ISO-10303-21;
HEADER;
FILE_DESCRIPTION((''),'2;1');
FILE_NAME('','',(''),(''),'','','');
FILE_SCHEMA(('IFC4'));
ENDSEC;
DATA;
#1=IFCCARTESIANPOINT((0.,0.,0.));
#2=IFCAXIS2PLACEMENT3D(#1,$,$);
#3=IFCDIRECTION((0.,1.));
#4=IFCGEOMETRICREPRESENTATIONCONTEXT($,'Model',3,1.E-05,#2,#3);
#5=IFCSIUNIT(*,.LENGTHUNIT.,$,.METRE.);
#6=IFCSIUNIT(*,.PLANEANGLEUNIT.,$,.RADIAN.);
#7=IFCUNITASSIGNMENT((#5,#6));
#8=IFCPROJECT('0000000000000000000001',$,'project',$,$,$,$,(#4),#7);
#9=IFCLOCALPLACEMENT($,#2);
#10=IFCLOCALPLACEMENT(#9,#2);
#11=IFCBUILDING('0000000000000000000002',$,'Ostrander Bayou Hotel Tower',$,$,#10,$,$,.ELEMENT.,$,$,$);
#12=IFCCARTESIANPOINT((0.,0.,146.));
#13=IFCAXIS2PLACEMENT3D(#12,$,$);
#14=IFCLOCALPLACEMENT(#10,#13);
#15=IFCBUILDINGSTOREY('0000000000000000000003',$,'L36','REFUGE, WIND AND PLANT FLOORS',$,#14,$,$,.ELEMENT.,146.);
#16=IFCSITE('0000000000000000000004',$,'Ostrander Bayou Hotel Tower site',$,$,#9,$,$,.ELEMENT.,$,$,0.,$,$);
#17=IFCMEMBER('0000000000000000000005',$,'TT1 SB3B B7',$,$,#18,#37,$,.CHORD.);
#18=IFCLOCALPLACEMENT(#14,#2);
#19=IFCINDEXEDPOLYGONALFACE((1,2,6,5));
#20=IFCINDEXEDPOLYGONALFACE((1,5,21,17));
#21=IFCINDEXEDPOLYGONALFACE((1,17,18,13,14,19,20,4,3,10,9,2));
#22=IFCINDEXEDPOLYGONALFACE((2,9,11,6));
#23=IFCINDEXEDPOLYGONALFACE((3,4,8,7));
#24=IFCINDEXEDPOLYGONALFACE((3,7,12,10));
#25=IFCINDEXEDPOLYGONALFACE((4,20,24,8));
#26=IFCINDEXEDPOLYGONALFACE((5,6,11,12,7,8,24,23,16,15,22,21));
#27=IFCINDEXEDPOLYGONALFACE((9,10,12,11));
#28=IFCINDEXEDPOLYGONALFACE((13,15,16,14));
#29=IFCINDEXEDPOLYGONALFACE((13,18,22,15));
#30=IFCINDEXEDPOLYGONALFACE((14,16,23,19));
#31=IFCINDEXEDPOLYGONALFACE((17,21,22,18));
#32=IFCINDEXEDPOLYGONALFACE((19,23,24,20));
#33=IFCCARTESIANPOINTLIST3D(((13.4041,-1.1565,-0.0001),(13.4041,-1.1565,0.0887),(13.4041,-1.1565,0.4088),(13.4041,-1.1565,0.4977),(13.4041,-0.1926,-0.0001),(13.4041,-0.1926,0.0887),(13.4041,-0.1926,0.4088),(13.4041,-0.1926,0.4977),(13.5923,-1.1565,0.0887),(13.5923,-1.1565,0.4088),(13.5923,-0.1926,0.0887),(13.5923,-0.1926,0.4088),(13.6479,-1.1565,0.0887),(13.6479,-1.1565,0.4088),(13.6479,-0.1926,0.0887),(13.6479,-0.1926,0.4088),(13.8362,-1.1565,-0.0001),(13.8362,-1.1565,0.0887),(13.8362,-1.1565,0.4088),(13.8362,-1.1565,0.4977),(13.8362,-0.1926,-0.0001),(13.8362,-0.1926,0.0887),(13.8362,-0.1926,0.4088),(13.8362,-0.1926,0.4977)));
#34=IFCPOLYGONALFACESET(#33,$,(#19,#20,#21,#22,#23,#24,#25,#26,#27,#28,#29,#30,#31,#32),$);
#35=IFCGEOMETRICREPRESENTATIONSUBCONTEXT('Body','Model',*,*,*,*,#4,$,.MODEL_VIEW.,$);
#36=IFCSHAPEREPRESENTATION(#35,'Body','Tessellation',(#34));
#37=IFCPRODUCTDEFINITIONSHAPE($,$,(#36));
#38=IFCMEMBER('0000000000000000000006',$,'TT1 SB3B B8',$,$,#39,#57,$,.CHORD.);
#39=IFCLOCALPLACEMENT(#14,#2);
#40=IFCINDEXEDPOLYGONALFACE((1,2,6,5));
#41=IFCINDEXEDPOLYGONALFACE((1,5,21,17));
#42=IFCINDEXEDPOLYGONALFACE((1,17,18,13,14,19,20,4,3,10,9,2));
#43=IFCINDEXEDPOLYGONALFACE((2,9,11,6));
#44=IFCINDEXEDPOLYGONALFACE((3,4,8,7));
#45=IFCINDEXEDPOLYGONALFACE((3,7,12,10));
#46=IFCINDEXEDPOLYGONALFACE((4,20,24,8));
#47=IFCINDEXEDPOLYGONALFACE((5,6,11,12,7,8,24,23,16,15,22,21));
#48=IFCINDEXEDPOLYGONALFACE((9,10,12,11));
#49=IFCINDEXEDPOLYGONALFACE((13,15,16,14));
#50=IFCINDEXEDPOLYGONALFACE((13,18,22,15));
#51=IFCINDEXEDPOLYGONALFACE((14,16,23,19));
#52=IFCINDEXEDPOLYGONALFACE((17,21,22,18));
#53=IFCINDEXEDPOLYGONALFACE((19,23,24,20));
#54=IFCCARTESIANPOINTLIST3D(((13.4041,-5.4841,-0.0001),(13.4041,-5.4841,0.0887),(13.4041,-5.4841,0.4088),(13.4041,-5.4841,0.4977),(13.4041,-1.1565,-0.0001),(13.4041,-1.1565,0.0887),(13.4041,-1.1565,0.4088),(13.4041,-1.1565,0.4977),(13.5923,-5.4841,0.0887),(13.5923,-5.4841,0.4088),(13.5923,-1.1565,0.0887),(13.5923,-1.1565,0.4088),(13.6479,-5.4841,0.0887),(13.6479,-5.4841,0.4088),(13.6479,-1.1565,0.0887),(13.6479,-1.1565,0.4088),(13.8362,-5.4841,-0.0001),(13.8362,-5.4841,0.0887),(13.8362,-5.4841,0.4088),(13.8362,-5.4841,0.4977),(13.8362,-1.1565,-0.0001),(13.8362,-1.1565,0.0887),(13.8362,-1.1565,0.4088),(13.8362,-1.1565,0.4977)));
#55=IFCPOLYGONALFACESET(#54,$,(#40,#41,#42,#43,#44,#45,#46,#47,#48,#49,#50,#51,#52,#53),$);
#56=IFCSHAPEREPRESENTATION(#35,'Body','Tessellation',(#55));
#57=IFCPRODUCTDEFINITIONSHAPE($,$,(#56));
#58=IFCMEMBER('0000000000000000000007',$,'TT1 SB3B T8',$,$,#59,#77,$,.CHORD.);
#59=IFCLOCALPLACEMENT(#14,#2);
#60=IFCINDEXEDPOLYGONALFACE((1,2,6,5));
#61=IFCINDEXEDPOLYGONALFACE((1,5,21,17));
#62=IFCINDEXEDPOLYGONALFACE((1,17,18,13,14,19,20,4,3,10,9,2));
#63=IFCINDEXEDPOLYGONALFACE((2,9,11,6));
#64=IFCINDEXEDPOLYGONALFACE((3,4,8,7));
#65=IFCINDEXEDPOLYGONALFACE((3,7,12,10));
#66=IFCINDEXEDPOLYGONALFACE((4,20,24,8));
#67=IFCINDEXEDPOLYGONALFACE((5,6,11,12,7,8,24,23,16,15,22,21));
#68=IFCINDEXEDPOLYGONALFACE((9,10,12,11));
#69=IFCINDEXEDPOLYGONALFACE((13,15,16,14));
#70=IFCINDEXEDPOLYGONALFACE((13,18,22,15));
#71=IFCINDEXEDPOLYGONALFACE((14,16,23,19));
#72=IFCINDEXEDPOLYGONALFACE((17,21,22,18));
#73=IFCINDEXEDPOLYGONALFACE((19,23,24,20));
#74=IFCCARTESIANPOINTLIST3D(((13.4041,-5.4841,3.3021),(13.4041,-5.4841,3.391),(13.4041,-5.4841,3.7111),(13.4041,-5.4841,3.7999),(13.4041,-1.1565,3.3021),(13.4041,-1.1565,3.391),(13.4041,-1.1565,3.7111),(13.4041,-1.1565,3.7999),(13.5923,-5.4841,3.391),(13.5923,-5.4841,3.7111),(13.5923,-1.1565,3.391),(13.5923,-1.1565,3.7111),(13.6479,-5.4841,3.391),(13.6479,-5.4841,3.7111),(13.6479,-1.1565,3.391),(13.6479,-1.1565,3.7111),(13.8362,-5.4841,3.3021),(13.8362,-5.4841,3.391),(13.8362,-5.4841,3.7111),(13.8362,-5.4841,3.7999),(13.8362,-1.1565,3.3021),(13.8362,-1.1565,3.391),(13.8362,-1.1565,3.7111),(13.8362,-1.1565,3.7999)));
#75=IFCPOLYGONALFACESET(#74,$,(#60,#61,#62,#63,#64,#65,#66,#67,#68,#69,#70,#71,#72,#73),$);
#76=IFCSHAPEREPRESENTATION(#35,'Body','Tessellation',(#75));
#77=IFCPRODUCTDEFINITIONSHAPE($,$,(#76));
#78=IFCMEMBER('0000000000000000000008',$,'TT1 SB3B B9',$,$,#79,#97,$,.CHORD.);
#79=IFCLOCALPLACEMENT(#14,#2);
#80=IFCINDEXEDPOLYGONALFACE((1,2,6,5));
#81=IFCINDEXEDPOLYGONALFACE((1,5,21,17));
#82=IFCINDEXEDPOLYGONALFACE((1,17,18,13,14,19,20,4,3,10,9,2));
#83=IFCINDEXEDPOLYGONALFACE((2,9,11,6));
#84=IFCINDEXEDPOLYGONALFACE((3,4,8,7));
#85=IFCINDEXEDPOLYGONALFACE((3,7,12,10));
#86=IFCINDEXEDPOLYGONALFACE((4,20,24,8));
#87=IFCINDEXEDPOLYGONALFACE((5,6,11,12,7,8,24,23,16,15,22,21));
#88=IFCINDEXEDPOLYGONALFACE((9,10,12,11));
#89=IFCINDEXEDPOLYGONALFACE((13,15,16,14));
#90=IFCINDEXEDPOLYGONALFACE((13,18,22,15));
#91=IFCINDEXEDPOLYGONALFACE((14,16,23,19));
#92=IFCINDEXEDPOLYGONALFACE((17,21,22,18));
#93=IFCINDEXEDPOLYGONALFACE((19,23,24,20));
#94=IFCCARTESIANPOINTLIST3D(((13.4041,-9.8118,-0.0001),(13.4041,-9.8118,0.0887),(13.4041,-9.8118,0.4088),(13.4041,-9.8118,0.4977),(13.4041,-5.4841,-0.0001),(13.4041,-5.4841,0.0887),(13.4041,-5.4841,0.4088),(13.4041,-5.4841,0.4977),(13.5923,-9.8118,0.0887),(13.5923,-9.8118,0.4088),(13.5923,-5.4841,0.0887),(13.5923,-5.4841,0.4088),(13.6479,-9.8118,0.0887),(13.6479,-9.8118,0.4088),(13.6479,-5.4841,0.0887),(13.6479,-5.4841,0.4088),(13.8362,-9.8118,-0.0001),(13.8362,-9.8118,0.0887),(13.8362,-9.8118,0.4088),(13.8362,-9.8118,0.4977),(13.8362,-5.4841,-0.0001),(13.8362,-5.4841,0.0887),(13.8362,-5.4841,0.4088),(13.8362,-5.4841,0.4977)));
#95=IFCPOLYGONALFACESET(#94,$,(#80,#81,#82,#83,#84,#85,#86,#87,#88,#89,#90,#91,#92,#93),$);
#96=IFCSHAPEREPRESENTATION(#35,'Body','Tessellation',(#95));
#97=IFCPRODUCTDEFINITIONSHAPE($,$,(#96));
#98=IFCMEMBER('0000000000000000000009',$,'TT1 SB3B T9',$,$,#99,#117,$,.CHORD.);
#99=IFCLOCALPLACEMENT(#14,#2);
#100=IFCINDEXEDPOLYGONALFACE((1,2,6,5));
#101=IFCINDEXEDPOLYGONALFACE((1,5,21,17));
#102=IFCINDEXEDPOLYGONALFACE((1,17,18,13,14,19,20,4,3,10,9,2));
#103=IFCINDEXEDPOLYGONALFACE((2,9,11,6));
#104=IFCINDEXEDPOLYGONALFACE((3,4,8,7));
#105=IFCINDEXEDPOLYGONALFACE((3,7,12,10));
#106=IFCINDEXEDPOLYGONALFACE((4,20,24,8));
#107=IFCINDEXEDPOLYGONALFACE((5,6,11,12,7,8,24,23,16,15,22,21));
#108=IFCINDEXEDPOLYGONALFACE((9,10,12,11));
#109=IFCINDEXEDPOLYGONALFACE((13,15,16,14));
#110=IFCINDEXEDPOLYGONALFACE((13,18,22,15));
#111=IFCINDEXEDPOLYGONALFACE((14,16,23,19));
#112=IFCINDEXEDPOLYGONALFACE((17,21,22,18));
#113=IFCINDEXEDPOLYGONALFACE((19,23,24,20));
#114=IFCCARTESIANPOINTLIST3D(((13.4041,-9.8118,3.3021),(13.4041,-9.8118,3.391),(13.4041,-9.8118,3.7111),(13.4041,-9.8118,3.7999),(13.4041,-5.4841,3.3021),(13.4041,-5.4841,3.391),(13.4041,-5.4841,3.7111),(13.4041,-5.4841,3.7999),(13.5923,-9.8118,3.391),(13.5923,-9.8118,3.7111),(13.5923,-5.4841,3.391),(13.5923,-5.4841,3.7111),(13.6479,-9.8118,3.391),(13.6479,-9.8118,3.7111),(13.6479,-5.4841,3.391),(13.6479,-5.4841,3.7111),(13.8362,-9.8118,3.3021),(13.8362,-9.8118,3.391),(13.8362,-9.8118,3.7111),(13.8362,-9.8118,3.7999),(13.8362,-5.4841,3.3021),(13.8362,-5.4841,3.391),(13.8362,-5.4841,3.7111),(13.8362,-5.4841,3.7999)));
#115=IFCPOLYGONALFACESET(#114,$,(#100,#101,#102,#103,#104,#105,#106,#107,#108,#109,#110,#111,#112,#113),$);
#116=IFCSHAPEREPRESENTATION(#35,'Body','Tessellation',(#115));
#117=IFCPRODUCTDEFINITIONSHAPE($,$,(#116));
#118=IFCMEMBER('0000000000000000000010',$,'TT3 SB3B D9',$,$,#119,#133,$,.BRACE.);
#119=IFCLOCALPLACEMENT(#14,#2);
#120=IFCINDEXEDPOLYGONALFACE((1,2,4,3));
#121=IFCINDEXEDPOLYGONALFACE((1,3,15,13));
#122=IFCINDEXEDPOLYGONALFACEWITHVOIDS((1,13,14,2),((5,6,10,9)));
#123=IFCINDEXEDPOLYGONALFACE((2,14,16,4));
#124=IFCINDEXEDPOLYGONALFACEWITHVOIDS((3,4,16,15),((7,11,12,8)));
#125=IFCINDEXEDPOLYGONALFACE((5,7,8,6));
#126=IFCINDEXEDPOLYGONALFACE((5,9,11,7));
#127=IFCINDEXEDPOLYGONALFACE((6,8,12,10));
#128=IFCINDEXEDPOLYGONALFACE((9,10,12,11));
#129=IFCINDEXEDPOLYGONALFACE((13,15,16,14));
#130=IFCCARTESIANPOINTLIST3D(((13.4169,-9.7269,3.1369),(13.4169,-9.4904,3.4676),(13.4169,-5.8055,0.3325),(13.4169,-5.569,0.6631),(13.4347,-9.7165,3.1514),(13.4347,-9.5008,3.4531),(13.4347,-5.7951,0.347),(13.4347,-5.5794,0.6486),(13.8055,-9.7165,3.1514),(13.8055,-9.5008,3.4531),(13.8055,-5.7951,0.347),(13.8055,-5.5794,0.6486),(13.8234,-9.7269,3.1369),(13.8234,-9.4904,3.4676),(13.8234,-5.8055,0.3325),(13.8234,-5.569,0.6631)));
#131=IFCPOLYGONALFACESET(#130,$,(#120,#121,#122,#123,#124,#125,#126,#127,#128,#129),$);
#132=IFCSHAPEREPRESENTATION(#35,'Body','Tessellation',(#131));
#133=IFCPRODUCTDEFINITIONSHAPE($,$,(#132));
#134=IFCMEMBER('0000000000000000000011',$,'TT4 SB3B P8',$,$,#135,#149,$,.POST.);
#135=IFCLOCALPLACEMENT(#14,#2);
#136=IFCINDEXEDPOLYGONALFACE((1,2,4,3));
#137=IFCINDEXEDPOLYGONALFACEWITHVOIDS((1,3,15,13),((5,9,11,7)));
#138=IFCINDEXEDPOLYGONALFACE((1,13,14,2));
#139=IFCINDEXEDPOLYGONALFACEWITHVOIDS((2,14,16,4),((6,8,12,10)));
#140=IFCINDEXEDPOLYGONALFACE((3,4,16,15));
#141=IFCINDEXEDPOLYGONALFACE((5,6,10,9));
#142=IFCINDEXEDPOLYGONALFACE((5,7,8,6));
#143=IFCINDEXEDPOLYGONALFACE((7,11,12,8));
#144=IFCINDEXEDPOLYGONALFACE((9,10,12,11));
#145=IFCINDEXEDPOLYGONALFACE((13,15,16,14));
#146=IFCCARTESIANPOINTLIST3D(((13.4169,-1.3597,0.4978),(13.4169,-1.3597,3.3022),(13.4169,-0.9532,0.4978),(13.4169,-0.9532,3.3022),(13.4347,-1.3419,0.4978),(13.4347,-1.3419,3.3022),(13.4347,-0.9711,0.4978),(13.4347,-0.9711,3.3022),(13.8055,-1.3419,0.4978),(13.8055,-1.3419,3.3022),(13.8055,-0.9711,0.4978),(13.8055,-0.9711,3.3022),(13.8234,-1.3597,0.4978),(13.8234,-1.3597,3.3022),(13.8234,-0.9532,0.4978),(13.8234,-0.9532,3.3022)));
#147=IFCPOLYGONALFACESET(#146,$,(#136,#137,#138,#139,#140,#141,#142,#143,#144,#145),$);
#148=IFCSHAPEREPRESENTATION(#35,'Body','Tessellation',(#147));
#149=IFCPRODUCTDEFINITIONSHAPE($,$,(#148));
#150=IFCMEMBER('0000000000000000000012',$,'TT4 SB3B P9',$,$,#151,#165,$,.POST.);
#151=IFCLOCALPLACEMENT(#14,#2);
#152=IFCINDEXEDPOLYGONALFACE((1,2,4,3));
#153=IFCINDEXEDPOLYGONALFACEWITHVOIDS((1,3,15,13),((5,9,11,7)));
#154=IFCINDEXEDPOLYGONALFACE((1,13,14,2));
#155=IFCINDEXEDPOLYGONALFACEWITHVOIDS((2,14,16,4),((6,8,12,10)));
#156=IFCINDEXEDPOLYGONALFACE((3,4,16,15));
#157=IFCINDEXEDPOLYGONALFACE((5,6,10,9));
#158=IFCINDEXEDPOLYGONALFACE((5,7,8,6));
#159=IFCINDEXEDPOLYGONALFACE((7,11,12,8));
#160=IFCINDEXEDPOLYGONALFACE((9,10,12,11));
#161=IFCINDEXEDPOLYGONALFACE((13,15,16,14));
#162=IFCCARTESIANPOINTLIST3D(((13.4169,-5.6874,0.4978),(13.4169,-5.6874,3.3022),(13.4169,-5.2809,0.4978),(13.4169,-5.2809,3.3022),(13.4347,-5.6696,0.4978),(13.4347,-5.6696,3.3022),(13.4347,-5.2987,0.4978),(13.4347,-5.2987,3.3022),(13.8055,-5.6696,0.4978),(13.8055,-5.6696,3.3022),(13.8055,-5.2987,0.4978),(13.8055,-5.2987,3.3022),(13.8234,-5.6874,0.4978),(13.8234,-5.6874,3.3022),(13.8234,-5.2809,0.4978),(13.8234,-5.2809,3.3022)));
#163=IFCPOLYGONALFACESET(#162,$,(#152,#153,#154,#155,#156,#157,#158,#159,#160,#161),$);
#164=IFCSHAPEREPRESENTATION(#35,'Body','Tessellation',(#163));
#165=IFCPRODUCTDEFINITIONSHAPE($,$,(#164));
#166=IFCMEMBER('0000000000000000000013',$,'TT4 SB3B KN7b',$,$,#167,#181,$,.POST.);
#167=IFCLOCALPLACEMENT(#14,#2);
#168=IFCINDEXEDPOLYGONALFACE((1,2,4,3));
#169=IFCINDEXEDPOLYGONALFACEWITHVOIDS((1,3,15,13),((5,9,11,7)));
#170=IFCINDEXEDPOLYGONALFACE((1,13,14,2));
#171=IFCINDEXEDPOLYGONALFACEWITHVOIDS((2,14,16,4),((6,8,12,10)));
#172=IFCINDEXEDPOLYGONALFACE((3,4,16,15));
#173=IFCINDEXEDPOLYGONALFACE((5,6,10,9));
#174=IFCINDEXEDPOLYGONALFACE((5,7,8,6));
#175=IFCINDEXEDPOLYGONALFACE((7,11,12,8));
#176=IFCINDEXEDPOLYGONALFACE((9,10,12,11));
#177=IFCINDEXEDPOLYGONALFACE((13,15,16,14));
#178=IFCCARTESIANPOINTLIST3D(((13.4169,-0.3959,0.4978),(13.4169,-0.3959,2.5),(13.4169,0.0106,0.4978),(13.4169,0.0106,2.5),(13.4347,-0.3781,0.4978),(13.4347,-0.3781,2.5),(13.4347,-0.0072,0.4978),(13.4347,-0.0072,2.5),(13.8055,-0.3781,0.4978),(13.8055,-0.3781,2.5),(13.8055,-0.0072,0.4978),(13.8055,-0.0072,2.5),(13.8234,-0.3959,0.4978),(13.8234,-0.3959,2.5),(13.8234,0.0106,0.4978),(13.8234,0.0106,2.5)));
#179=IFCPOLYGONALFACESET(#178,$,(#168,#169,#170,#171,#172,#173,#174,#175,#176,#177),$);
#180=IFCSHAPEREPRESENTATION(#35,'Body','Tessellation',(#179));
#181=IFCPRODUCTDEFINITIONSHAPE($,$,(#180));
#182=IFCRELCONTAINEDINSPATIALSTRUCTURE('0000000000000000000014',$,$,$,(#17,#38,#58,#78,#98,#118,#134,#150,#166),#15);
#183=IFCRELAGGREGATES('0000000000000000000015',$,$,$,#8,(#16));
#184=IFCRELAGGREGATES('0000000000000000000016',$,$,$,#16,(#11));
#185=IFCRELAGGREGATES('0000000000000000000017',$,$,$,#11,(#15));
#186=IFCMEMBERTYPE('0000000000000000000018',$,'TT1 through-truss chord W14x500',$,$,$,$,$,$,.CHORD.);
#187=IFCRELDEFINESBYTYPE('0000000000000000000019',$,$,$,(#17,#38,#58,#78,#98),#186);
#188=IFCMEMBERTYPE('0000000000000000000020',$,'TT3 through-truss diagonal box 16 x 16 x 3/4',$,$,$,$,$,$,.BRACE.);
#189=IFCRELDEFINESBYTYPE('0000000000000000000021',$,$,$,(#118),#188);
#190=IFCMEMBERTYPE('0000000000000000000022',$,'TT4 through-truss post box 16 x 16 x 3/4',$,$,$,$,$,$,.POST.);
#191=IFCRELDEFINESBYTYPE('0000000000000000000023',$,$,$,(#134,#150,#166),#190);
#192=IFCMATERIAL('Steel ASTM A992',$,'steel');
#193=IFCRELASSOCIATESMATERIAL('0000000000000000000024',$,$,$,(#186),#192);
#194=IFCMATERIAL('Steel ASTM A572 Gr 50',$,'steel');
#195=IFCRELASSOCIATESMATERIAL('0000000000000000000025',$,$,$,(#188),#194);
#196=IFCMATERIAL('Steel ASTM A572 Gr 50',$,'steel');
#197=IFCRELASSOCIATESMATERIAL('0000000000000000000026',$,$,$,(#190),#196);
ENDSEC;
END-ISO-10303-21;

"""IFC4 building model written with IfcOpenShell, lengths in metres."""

from ifc_helpers import new_model, si_unit, direction, frame, origin, origin_2d, place, context, subcontext, project, spatial, hollow_rectangle, i_section, extrude, material, material_profile, profile_set, type_object, element, save


model = new_model("IFC4")

# Units and contexts
model_context = context("Model", 3, precision=1e-05, world=origin(), true_north=direction((0.0, 1.0)))
body_context = subcontext(model_context, "Body", "Model", "MODEL_VIEW")
ifc_project = project(units=[si_unit("LENGTHUNIT", "METRE"), si_unit("PLANEANGLEUNIT", "RADIAN")], contexts=[model_context])

# Site, building, storey
site_placement = place(None, origin())
site = spatial("IfcSite", under=ifc_project, at=site_placement, Name="Ostrander Bayou Hotel Tower site", CompositionType="ELEMENT", RefElevation=0.0)
building_placement = place(site_placement, origin())
building = spatial("IfcBuilding", under=site, at=building_placement, Name="Ostrander Bayou Hotel Tower", CompositionType="ELEMENT")
storey_placement = place(building_placement, frame((0.0, 0.0, 146.0)))
storey = spatial("IfcBuildingStorey", under=building, at=storey_placement, Name="L36", Description="REFUGE, WIND AND PLANT FLOORS", CompositionType="ELEMENT", Elevation=146.0)

# Members
ifc_material_1 = material(Name="Steel ASTM A992", Category="steel")
ifc_material_profile_1 = material_profile(ifc_material_1, i_section(OverallWidth=0.4321, OverallDepth=0.4978, WebThickness=0.0557, FlangeThickness=0.0889, at=origin_2d()))
ifc_profile_set_1 = profile_set([ifc_material_profile_1], Name="Steel ASTM A992")
member_type_1 = type_object("IfcMemberType", Name="TT1 through-truss chord W14x500", PredefinedType="CHORD", material=ifc_profile_set_1)
member_1_placement = place(storey_placement, frame((13.6201, -0.1926, 0.2488), z_axis=(0.0, -1.0, 0.0), x_axis=(1.0, 0.0, 0.0)))
element("IfcMember", 1, at=member_1_placement, inside=storey, type_object=member_type_1, Name="TT1 SB3B B7", PredefinedType="CHORD", context=body_context, shape_type="SweptSolid", body=[
    extrude(i_section(OverallWidth=0.4321, OverallDepth=0.4978, WebThickness=0.0557, FlangeThickness=0.0889, at=origin_2d()), origin(), (0.0, 0.0, 1.0), 0.9639),
])
for number, where, z_axis, x_axis, name in (
    (2, (13.6201, -1.1565, 0.2488), (0.0, -1.0, 0.0), (1.0, 0.0, 0.0), "TT1 SB3B B8"),
    (3, (13.6201, -1.1565, 3.551), (0.0, -1.0, 0.0), (1.0, 0.0, 0.0), "TT1 SB3B T8"),
    (4, (13.6201, -5.4841, 0.2488), (0.0, -1.0, 0.0), (1.0, 0.0, 0.0), "TT1 SB3B B9"),
    (5, (13.6201, -5.4841, 3.551), (0.0, -1.0, 0.0), (1.0, 0.0, 0.0), "TT1 SB3B T9"),
):
    element("IfcMember", number, at=place(storey_placement, frame(where, z_axis=z_axis, x_axis=x_axis)), inside=storey, type_object=member_type_1, Name=name, PredefinedType="CHORD", context=body_context, shape_type="SweptSolid", body=[
        extrude(i_section(OverallWidth=0.4321, OverallDepth=0.4978, WebThickness=0.0557, FlangeThickness=0.0889, at=origin_2d()), origin(), (0.0, 0.0, 1.0), 4.3276),
    ])
ifc_material_2 = material(Name="Steel ASTM A572 Gr 50", Category="steel")
ifc_material_profile_2 = material_profile(ifc_material_2, hollow_rectangle(XDim=0.4065, YDim=0.4065, WallThickness=0.0178, at=origin_2d()))
ifc_profile_set_2 = profile_set([ifc_material_profile_2], Name="Steel ASTM A572 Gr 50")
member_type_2 = type_object("IfcMemberType", Name="TT3 through-truss diagonal box 16 x 16 x 3/4", PredefinedType="BRACE", material=ifc_profile_set_2)
member_2_placement = place(storey_placement, frame((13.6201, -5.6873, 0.4978), z_axis=(0.0, -0.813395, 0.581712), x_axis=(1.0, 0.0, 0.0)))
element("IfcMember", 6, at=member_2_placement, inside=storey, type_object=member_type_2, Name="TT3 SB3B D9", PredefinedType="BRACE", context=body_context, shape_type="SweptSolid", body=[
    extrude(hollow_rectangle(XDim=0.4065, YDim=0.4065, WallThickness=0.0178, at=origin_2d()), origin(), (0.0, 0.0, 1.0), 4.821),
])
ifc_material_3 = material(Name="Steel ASTM A572 Gr 50", Category="steel")
ifc_material_profile_3 = material_profile(ifc_material_3, hollow_rectangle(XDim=0.4065, YDim=0.4065, WallThickness=0.0178, at=origin_2d()))
ifc_profile_set_3 = profile_set([ifc_material_profile_3], Name="Steel ASTM A572 Gr 50")
member_type_3 = type_object("IfcMemberType", Name="TT4 through-truss post box 16 x 16 x 3/4", PredefinedType="POST", material=ifc_profile_set_3)
for number, where, z_axis, x_axis, name in (
    (7, (13.6201, -1.1565, 0.4978), (0.0, 0.0, 1.0), (1.0, 0.0, 0.0), "TT4 SB3B P8"),
    (8, (13.6201, -5.4841, 0.4978), (0.0, 0.0, 1.0), (1.0, 0.0, 0.0), "TT4 SB3B P9"),
):
    element("IfcMember", number, at=place(storey_placement, frame(where, z_axis=z_axis, x_axis=x_axis)), inside=storey, type_object=member_type_3, Name=name, PredefinedType="POST", context=body_context, shape_type="SweptSolid", body=[
        extrude(hollow_rectangle(XDim=0.4065, YDim=0.4065, WallThickness=0.0178, at=origin_2d()), origin(), (0.0, 0.0, 1.0), 2.8044),
    ])
member_3_placement = place(storey_placement, frame((13.6201, -0.1926, 0.4978), z_axis=(0.0, 0.0, 1.0), x_axis=(1.0, 0.0, 0.0)))
element("IfcMember", 9, at=member_3_placement, inside=storey, type_object=member_type_3, Name="TT4 SB3B KN7b", PredefinedType="POST", context=body_context, shape_type="SweptSolid", body=[
    extrude(hollow_rectangle(XDim=0.4065, YDim=0.4065, WallThickness=0.0178, at=origin_2d()), origin(), (0.0, 0.0, 1.0), 2.0022),
])

save(model, "model.ifc")
